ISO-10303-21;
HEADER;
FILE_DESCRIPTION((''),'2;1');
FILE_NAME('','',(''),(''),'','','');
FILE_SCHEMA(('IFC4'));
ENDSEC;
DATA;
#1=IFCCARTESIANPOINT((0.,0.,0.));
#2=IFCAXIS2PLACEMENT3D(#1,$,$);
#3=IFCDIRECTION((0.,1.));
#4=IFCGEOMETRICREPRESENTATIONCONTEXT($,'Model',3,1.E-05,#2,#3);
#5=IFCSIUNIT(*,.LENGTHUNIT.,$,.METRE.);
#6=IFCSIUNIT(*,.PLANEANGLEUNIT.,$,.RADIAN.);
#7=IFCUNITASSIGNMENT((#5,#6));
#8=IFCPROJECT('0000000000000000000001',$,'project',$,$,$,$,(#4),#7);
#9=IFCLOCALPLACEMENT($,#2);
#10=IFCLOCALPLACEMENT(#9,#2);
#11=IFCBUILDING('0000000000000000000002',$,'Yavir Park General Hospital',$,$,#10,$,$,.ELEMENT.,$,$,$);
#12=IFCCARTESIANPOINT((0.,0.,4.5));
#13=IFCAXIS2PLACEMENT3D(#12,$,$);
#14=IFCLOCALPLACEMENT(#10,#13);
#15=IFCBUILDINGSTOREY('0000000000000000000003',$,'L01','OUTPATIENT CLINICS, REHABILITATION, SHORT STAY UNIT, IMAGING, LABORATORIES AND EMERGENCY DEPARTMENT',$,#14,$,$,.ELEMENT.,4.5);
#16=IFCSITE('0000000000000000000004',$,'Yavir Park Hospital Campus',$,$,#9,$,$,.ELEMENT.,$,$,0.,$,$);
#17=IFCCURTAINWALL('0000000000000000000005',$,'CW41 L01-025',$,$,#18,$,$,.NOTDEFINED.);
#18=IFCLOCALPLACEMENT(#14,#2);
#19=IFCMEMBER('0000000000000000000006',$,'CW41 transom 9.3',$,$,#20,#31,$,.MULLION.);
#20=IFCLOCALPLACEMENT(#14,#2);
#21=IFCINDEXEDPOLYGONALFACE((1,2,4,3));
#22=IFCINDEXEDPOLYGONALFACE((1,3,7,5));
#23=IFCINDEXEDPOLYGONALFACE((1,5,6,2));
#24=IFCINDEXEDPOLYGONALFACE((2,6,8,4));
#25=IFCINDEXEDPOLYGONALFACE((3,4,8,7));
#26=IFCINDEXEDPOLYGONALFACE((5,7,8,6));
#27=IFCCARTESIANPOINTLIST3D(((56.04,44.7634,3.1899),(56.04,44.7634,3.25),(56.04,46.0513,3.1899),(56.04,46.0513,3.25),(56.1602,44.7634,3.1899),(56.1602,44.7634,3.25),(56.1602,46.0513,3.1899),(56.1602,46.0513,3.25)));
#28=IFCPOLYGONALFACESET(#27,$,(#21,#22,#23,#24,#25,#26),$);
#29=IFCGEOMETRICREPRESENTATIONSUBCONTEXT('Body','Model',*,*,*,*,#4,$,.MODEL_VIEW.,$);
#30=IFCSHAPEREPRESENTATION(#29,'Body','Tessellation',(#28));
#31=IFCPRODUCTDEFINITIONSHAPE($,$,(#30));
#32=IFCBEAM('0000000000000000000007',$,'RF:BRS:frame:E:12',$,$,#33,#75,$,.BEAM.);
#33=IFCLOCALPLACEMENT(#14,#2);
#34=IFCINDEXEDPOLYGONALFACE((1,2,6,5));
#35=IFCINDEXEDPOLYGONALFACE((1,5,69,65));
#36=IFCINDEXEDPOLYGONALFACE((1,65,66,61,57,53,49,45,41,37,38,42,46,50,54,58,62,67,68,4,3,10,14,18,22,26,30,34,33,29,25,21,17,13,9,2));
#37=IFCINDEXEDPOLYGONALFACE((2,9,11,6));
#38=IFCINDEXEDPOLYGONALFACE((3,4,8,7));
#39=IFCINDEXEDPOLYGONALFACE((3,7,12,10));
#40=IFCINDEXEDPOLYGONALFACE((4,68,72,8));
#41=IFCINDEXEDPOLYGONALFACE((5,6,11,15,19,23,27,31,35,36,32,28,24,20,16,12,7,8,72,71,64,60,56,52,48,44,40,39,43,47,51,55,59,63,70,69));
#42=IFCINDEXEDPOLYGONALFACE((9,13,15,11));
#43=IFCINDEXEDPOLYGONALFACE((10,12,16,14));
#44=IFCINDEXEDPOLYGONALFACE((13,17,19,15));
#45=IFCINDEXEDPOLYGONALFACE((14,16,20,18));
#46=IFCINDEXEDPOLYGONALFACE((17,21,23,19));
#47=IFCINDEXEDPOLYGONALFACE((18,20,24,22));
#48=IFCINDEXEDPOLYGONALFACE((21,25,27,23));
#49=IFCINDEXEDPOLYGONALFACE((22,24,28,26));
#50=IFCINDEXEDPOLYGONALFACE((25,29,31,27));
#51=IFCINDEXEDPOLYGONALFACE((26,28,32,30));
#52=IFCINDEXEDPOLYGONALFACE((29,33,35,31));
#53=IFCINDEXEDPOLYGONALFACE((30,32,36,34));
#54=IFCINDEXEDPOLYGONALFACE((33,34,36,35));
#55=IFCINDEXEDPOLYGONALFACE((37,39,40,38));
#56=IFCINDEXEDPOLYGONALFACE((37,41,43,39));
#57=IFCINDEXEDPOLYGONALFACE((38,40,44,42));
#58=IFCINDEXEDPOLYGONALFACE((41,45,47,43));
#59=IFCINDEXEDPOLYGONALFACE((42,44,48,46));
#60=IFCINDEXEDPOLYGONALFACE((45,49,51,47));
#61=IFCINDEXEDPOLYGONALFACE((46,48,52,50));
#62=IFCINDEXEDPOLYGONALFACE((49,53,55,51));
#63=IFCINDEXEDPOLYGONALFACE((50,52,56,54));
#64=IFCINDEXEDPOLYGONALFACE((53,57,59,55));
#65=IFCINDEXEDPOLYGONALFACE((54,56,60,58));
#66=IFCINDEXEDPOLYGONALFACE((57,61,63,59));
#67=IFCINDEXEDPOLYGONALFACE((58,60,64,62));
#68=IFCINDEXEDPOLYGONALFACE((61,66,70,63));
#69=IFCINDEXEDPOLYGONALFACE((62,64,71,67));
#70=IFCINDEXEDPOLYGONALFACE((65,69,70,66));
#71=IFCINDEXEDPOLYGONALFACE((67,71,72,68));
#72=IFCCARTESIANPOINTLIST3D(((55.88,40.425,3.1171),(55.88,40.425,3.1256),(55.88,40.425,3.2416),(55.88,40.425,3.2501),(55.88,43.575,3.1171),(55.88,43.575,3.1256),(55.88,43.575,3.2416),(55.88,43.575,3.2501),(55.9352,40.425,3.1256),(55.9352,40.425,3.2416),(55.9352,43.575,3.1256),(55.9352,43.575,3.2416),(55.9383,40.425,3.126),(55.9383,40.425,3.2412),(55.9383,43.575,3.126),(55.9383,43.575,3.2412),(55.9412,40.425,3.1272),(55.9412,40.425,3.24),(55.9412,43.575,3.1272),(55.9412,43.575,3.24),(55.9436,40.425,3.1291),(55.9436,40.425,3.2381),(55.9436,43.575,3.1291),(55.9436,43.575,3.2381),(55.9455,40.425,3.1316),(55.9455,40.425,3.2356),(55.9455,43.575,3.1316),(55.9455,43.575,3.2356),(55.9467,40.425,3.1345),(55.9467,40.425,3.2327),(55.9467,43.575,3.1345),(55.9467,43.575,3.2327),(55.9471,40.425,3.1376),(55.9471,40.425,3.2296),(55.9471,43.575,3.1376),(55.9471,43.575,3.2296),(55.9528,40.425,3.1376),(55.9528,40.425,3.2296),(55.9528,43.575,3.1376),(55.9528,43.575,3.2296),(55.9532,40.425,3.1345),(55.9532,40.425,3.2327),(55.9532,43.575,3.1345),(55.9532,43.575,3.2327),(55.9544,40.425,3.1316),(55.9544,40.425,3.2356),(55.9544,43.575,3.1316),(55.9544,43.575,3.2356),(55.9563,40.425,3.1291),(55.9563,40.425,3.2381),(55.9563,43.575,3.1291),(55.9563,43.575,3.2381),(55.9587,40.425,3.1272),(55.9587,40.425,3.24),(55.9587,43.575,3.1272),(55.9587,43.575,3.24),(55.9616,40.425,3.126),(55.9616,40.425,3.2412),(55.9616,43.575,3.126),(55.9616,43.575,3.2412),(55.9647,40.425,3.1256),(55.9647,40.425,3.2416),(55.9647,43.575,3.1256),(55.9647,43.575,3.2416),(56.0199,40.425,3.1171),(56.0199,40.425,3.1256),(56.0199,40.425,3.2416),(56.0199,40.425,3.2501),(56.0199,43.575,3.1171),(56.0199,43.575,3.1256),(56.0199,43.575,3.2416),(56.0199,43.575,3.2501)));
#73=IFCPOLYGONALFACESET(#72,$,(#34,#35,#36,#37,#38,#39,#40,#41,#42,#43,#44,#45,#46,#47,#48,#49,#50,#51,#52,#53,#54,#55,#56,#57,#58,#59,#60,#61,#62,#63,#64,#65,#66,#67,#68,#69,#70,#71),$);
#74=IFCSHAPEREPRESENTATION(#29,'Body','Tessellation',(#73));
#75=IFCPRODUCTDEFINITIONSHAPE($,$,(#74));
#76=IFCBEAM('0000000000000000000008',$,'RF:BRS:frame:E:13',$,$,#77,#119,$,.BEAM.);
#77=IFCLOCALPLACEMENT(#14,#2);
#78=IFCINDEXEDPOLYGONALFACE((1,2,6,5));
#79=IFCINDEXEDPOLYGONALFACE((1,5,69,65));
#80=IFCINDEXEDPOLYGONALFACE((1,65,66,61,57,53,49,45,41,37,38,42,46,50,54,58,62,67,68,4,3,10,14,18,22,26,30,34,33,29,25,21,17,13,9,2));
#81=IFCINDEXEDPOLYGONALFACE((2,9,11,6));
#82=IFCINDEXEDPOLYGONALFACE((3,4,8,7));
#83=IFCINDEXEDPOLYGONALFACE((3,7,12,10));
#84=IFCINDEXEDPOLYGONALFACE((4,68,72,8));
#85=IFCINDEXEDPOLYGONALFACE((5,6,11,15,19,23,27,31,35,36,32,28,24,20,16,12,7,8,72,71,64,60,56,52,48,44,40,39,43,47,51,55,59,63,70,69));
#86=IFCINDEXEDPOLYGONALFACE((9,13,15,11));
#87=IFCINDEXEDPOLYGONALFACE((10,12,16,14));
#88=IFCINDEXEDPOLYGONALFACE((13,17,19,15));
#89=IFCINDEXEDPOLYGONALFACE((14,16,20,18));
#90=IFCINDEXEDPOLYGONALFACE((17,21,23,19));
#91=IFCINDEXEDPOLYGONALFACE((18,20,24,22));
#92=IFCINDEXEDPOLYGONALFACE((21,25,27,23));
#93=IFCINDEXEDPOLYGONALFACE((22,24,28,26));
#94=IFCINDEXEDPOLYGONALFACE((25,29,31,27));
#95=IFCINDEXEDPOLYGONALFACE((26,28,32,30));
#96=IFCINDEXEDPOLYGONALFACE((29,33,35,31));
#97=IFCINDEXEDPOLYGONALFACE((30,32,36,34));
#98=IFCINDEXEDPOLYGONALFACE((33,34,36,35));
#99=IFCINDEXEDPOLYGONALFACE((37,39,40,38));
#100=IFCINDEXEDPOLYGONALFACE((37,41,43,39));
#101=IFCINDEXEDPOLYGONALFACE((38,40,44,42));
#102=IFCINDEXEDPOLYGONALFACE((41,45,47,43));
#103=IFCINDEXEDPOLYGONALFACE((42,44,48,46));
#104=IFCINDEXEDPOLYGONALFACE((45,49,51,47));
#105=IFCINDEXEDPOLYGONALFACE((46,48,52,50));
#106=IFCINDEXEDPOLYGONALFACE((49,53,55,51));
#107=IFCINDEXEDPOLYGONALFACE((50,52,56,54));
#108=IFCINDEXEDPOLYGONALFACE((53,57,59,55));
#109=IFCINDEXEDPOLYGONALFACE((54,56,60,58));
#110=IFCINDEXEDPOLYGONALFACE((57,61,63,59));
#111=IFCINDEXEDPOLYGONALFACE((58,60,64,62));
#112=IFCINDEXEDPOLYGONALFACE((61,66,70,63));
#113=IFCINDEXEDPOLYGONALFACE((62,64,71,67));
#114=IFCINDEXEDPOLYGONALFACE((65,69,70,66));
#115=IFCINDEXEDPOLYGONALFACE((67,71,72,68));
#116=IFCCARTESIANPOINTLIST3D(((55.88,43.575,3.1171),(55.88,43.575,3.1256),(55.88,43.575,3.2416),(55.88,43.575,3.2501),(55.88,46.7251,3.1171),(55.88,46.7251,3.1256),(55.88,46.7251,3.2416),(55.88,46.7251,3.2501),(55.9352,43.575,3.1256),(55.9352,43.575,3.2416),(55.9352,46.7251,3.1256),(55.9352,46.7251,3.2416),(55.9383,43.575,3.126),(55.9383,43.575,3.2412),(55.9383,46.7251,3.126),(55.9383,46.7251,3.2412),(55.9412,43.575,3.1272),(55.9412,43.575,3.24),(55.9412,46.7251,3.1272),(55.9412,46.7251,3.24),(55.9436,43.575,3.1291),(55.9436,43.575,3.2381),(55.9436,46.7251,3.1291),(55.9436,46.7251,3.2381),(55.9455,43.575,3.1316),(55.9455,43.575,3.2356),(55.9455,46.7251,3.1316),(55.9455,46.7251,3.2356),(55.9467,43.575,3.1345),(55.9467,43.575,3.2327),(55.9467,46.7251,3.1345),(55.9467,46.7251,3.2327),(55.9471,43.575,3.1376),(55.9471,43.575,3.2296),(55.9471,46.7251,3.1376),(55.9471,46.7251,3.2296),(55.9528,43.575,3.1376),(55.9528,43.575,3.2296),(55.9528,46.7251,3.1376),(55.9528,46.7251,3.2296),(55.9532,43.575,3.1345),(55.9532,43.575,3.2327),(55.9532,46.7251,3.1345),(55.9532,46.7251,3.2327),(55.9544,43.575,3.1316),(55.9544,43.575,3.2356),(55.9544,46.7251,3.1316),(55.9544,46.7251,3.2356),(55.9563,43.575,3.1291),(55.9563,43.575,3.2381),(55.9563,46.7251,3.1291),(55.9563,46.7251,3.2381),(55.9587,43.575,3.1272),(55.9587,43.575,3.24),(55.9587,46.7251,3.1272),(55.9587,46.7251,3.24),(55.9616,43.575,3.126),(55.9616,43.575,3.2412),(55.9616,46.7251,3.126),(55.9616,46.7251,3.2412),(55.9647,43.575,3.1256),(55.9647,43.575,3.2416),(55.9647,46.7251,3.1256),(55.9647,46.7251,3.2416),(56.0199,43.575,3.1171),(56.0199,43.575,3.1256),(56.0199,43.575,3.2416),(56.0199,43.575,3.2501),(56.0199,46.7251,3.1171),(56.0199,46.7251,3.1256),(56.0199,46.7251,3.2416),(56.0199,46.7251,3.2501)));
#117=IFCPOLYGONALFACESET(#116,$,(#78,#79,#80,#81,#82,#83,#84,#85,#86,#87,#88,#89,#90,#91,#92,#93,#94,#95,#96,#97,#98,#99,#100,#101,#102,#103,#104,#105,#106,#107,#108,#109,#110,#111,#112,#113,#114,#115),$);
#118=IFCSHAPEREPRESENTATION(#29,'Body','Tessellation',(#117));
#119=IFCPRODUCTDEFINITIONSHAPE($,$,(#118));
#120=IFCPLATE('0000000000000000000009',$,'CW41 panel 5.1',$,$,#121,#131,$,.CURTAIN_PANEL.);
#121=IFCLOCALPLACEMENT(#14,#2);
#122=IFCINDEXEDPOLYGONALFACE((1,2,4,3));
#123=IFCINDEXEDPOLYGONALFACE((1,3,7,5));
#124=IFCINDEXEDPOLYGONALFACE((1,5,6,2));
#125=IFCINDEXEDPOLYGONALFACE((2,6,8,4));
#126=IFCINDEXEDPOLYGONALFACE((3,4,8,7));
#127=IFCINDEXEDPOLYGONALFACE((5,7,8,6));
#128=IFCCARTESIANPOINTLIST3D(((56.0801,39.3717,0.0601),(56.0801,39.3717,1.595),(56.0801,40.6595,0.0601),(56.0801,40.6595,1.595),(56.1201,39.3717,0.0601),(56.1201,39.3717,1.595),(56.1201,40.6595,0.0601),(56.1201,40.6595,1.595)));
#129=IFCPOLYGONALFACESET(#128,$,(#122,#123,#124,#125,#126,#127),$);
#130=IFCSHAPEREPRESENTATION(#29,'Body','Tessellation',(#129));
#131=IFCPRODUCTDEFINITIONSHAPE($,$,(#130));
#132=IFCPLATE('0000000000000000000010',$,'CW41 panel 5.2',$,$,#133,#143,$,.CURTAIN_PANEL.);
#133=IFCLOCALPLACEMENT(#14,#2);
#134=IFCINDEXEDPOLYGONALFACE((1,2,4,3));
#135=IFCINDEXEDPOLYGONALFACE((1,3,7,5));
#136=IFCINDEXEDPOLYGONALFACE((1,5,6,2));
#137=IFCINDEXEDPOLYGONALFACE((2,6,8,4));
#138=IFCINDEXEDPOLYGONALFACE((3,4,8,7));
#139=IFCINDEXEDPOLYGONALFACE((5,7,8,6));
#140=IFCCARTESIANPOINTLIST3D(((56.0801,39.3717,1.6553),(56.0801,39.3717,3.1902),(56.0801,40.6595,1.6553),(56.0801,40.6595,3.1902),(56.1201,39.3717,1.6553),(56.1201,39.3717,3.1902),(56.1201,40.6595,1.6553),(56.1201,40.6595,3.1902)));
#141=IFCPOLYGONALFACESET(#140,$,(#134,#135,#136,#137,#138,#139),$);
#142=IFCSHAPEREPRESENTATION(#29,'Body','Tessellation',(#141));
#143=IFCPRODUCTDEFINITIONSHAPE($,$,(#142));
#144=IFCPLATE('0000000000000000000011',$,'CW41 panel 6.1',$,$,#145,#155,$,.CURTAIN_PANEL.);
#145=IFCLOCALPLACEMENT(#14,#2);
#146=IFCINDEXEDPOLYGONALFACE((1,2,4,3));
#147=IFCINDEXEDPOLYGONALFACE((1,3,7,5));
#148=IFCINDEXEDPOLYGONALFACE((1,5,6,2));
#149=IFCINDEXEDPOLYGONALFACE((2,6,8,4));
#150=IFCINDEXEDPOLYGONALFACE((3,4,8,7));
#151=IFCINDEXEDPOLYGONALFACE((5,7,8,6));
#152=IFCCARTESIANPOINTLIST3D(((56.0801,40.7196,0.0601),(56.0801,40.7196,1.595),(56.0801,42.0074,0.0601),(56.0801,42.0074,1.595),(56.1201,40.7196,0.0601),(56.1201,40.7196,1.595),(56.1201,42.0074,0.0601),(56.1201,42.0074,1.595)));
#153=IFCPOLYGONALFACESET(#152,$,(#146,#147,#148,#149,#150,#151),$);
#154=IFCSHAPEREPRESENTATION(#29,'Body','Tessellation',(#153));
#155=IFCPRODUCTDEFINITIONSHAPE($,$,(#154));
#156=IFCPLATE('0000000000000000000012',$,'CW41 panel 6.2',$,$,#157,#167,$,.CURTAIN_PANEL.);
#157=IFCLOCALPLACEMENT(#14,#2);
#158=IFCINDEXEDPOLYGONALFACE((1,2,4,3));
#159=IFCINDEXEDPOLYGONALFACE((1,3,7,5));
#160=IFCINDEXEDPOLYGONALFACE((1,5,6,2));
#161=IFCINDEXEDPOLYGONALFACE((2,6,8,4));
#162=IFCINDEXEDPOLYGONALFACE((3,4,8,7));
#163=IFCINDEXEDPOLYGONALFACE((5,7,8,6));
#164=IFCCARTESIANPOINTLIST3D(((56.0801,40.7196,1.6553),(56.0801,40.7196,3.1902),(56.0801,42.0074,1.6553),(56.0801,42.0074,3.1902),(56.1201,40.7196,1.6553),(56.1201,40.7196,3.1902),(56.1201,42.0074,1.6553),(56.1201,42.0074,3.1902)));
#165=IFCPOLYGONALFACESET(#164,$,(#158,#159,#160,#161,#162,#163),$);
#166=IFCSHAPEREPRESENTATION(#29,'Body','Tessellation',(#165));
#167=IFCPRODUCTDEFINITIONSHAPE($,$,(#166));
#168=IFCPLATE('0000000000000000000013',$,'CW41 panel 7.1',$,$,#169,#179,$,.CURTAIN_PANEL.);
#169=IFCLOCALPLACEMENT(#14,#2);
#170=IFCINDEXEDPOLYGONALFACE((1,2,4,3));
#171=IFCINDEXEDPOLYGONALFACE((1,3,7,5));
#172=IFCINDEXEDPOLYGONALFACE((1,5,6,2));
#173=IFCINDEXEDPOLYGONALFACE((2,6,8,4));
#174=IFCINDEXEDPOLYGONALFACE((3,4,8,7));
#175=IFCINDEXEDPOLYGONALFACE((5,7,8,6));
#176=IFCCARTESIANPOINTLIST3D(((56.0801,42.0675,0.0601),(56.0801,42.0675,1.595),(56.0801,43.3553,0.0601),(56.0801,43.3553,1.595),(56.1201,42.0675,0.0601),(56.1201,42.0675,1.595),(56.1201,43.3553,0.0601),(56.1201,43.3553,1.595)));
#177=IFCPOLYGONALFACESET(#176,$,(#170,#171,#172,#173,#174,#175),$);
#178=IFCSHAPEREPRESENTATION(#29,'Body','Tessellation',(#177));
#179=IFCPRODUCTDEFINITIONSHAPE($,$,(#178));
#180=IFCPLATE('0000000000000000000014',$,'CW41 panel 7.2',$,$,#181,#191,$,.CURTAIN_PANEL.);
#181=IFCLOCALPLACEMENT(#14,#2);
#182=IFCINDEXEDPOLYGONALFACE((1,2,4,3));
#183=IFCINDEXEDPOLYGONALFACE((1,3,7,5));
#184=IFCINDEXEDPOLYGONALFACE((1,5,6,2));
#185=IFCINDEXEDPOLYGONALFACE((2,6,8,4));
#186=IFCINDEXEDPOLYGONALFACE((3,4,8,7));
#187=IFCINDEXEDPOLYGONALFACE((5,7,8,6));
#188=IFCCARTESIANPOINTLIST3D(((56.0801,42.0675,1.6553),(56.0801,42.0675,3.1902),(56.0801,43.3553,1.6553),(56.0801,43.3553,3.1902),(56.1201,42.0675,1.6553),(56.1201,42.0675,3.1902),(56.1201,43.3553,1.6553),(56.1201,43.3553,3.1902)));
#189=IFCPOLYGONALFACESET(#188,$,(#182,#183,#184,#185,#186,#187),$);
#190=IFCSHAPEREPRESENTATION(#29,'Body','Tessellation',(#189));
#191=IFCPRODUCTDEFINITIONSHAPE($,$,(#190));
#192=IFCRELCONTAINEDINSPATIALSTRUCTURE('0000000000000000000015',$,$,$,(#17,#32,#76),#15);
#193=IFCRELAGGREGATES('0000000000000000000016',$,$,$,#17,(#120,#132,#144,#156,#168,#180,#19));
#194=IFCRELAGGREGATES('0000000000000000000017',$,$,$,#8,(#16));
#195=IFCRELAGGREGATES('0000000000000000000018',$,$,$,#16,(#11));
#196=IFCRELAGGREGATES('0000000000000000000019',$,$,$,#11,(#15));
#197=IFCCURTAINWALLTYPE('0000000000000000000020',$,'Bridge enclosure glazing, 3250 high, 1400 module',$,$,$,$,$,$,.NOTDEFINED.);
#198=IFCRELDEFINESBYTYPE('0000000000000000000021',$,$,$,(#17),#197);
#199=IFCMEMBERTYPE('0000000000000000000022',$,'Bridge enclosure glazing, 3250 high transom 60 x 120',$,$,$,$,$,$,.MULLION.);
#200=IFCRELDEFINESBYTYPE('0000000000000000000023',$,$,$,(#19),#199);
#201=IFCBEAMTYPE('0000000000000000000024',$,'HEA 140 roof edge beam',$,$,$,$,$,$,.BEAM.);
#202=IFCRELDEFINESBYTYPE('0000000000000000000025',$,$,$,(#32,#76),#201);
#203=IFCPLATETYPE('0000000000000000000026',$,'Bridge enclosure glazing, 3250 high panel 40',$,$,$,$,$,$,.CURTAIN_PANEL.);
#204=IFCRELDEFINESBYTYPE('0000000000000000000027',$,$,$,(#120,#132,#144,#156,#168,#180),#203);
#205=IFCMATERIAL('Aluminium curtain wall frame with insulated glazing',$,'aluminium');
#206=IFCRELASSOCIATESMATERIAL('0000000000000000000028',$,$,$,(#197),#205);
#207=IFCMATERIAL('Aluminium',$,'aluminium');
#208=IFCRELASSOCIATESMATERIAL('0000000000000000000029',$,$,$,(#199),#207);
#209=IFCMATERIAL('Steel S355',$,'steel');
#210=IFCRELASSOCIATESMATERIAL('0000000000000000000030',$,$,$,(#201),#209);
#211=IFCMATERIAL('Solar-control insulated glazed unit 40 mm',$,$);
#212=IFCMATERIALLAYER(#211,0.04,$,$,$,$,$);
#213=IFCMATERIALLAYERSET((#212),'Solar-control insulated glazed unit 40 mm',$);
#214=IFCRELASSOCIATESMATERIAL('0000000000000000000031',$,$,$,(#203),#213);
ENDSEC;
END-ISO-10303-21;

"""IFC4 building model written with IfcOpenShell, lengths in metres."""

from ifc_helpers import new_model, si_unit, direction, frame, origin, origin_2d, place, context, subcontext, project, spatial, rectangle, i_section, extrude, material, layer, layer_set, material_profile, profile_set, type_object, element, aggregate, save


model = new_model("IFC4")

# Units and contexts
model_context = context("Model", 3, precision=1e-05, world=origin(), true_north=direction((0.0, 1.0)))
body_context = subcontext(model_context, "Body", "Model", "MODEL_VIEW")
ifc_project = project(units=[si_unit("LENGTHUNIT", "METRE"), si_unit("PLANEANGLEUNIT", "RADIAN")], contexts=[model_context])

# Site, building, storey
site_placement = place(None, origin())
site = spatial("IfcSite", under=ifc_project, at=site_placement, Name="Yavir Park Hospital Campus", CompositionType="ELEMENT", RefElevation=0.0)
building_placement = place(site_placement, origin())
building = spatial("IfcBuilding", under=site, at=building_placement, Name="Yavir Park General Hospital", CompositionType="ELEMENT")
storey_placement = place(building_placement, frame((0.0, 0.0, 4.5)))
storey = spatial("IfcBuildingStorey", under=building, at=storey_placement, Name="L01", Description="OUTPATIENT CLINICS, REHABILITATION, SHORT STAY UNIT, IMAGING, LABORATORIES AND EMERGENCY DEPARTMENT", CompositionType="ELEMENT", Elevation=4.5)

# Curtain wall, member
ifc_material_1 = material(Name="Aluminium curtain wall frame with insulated glazing", Category="aluminium")
curtain_wall_type = type_object("IfcCurtainWallType", Name="Bridge enclosure glazing, 3250 high, 1400 module", PredefinedType="NOTDEFINED", material=ifc_material_1)
curtain_wall_placement = place(storey_placement, origin())
curtain_wall = element("IfcCurtainWall", 1, at=curtain_wall_placement, inside=storey, type_object=curtain_wall_type, Name="CW41 L01-025", PredefinedType="NOTDEFINED")
ifc_material_2 = material(Name="Aluminium", Category="aluminium")
ifc_material_profile_1 = material_profile(ifc_material_2, rectangle(XDim=0.1201, YDim=0.0601, at=origin_2d()), Name="AL 120x60")
ifc_profile_set_1 = profile_set([ifc_material_profile_1], Name="Aluminium")
member_type_1 = type_object("IfcMemberType", Name="Bridge enclosure glazing, 3250 high transom 60 x 120", PredefinedType="MULLION", material=ifc_profile_set_1)
member_1_placement = place(storey_placement, frame((56.1001, 44.7634, 3.22), z_axis=(0.0, 1.0, 0.0), x_axis=(-1.0, 0.0, 0.0)))
member_1 = element("IfcMember", 2, at=member_1_placement, type_object=member_type_1, Name="CW41 transom 9.3", PredefinedType="MULLION", context=body_context, shape_type="SweptSolid", body=[
    extrude(rectangle(XDim=0.1201, YDim=0.0601, at=origin_2d()), origin(), (0.0, 0.0, 1.0), 1.2878),
])

# Beams
ifc_material_3 = material(Name="Steel S355", Category="steel")
ifc_material_profile_2 = material_profile(ifc_material_3, i_section(OverallWidth=0.1399, OverallDepth=0.1331, WebThickness=0.0056, FlangeThickness=0.0085, FilletRadius=0.012, at=origin_2d()), Name="HEA140")
ifc_profile_set_2 = profile_set([ifc_material_profile_2], Name="Steel S355")
beam_type = type_object("IfcBeamType", Name="HEA 140 roof edge beam", PredefinedType="BEAM", material=ifc_profile_set_2)
beam_1_placement = place(storey_placement, frame((55.95, 40.425, 3.1836), z_axis=(0.0, 1.0, 0.0), x_axis=(-1.0, 0.0, 0.0)))
element("IfcBeam", 3, at=beam_1_placement, inside=storey, type_object=beam_type, Name="RF:BRS:frame:E:12", PredefinedType="BEAM", context=body_context, shape_type="SweptSolid", body=[
    extrude(i_section(OverallWidth=0.1399, OverallDepth=0.1331, WebThickness=0.0056, FlangeThickness=0.0085, FilletRadius=0.012, at=origin_2d()), origin(), (0.0, 0.0, 1.0), 3.1499),
])
beam_2_placement = place(storey_placement, frame((55.95, 43.575, 3.1836), z_axis=(0.0, 1.0, 0.0), x_axis=(-1.0, 0.0, 0.0)))
element("IfcBeam", 4, at=beam_2_placement, inside=storey, type_object=beam_type, Name="RF:BRS:frame:E:13", PredefinedType="BEAM", context=body_context, shape_type="SweptSolid", body=[
    extrude(i_section(OverallWidth=0.1399, OverallDepth=0.1331, WebThickness=0.0056, FlangeThickness=0.0085, FilletRadius=0.012, at=origin_2d()), origin(), (0.0, 0.0, 1.0), 3.1501),
])

# Plates
ifc_material_4 = material(Name="Solar-control insulated glazed unit 40 mm")
ifc_layer = layer(ifc_material_4, 0.04)
ifc_layer_set = layer_set([ifc_layer], Name="Solar-control insulated glazed unit 40 mm")
plate_type = type_object("IfcPlateType", Name="Bridge enclosure glazing, 3250 high panel 40", PredefinedType="CURTAIN_PANEL", material=ifc_layer_set)
plate_1_placement = place(storey_placement, frame((56.1001, 40.0156, 0.0601), z_axis=(0.0, 0.0, 1.0), x_axis=(0.0, 1.0, 0.0)))
plate_1 = element("IfcPlate", 5, at=plate_1_placement, type_object=plate_type, Name="CW41 panel 5.1", PredefinedType="CURTAIN_PANEL", context=body_context, shape_type="SweptSolid", body=[
    extrude(rectangle(XDim=1.2878, YDim=0.04, at=origin_2d()), origin(), (0.0, 0.0, 1.0), 1.5349),
])
plate_2_placement = place(storey_placement, frame((56.1001, 40.0156, 1.6553), z_axis=(0.0, 0.0, 1.0), x_axis=(0.0, 1.0, 0.0)))
plate_2 = element("IfcPlate", 6, at=plate_2_placement, type_object=plate_type, Name="CW41 panel 5.2", PredefinedType="CURTAIN_PANEL", context=body_context, shape_type="SweptSolid", body=[
    extrude(rectangle(XDim=1.2878, YDim=0.04, at=origin_2d()), origin(), (0.0, 0.0, 1.0), 1.5349),
])
plate_3_placement = place(storey_placement, frame((56.1001, 41.3635, 0.0601), z_axis=(0.0, 0.0, 1.0), x_axis=(0.0, 1.0, 0.0)))
plate_3 = element("IfcPlate", 7, at=plate_3_placement, type_object=plate_type, Name="CW41 panel 6.1", PredefinedType="CURTAIN_PANEL", context=body_context, shape_type="SweptSolid", body=[
    extrude(rectangle(XDim=1.2878, YDim=0.04, at=origin_2d()), origin(), (0.0, 0.0, 1.0), 1.5349),
])
plate_4_placement = place(storey_placement, frame((56.1001, 41.3635, 1.6553), z_axis=(0.0, 0.0, 1.0), x_axis=(0.0, 1.0, 0.0)))
plate_4 = element("IfcPlate", 8, at=plate_4_placement, type_object=plate_type, Name="CW41 panel 6.2", PredefinedType="CURTAIN_PANEL", context=body_context, shape_type="SweptSolid", body=[
    extrude(rectangle(XDim=1.2878, YDim=0.04, at=origin_2d()), origin(), (0.0, 0.0, 1.0), 1.5349),
])
plate_5_placement = place(storey_placement, frame((56.1001, 42.7114, 0.0601), z_axis=(0.0, 0.0, 1.0), x_axis=(0.0, 1.0, 0.0)))
plate_5 = element("IfcPlate", 9, at=plate_5_placement, type_object=plate_type, Name="CW41 panel 7.1", PredefinedType="CURTAIN_PANEL", context=body_context, shape_type="SweptSolid", body=[
    extrude(rectangle(XDim=1.2878, YDim=0.04, at=origin_2d()), origin(), (0.0, 0.0, 1.0), 1.5349),
])
plate_6_placement = place(storey_placement, frame((56.1001, 42.7114, 1.6553), z_axis=(0.0, 0.0, 1.0), x_axis=(0.0, 1.0, 0.0)))
plate_6 = element("IfcPlate", 10, at=plate_6_placement, type_object=plate_type, Name="CW41 panel 7.2", PredefinedType="CURTAIN_PANEL", context=body_context, shape_type="SweptSolid", body=[
    extrude(rectangle(XDim=1.2878, YDim=0.04, at=origin_2d()), origin(), (0.0, 0.0, 1.0), 1.5349),
])
aggregate(curtain_wall, [plate_1, plate_2, plate_3, plate_4, plate_5, plate_6, member_1])

save(model, "model.ifc")
